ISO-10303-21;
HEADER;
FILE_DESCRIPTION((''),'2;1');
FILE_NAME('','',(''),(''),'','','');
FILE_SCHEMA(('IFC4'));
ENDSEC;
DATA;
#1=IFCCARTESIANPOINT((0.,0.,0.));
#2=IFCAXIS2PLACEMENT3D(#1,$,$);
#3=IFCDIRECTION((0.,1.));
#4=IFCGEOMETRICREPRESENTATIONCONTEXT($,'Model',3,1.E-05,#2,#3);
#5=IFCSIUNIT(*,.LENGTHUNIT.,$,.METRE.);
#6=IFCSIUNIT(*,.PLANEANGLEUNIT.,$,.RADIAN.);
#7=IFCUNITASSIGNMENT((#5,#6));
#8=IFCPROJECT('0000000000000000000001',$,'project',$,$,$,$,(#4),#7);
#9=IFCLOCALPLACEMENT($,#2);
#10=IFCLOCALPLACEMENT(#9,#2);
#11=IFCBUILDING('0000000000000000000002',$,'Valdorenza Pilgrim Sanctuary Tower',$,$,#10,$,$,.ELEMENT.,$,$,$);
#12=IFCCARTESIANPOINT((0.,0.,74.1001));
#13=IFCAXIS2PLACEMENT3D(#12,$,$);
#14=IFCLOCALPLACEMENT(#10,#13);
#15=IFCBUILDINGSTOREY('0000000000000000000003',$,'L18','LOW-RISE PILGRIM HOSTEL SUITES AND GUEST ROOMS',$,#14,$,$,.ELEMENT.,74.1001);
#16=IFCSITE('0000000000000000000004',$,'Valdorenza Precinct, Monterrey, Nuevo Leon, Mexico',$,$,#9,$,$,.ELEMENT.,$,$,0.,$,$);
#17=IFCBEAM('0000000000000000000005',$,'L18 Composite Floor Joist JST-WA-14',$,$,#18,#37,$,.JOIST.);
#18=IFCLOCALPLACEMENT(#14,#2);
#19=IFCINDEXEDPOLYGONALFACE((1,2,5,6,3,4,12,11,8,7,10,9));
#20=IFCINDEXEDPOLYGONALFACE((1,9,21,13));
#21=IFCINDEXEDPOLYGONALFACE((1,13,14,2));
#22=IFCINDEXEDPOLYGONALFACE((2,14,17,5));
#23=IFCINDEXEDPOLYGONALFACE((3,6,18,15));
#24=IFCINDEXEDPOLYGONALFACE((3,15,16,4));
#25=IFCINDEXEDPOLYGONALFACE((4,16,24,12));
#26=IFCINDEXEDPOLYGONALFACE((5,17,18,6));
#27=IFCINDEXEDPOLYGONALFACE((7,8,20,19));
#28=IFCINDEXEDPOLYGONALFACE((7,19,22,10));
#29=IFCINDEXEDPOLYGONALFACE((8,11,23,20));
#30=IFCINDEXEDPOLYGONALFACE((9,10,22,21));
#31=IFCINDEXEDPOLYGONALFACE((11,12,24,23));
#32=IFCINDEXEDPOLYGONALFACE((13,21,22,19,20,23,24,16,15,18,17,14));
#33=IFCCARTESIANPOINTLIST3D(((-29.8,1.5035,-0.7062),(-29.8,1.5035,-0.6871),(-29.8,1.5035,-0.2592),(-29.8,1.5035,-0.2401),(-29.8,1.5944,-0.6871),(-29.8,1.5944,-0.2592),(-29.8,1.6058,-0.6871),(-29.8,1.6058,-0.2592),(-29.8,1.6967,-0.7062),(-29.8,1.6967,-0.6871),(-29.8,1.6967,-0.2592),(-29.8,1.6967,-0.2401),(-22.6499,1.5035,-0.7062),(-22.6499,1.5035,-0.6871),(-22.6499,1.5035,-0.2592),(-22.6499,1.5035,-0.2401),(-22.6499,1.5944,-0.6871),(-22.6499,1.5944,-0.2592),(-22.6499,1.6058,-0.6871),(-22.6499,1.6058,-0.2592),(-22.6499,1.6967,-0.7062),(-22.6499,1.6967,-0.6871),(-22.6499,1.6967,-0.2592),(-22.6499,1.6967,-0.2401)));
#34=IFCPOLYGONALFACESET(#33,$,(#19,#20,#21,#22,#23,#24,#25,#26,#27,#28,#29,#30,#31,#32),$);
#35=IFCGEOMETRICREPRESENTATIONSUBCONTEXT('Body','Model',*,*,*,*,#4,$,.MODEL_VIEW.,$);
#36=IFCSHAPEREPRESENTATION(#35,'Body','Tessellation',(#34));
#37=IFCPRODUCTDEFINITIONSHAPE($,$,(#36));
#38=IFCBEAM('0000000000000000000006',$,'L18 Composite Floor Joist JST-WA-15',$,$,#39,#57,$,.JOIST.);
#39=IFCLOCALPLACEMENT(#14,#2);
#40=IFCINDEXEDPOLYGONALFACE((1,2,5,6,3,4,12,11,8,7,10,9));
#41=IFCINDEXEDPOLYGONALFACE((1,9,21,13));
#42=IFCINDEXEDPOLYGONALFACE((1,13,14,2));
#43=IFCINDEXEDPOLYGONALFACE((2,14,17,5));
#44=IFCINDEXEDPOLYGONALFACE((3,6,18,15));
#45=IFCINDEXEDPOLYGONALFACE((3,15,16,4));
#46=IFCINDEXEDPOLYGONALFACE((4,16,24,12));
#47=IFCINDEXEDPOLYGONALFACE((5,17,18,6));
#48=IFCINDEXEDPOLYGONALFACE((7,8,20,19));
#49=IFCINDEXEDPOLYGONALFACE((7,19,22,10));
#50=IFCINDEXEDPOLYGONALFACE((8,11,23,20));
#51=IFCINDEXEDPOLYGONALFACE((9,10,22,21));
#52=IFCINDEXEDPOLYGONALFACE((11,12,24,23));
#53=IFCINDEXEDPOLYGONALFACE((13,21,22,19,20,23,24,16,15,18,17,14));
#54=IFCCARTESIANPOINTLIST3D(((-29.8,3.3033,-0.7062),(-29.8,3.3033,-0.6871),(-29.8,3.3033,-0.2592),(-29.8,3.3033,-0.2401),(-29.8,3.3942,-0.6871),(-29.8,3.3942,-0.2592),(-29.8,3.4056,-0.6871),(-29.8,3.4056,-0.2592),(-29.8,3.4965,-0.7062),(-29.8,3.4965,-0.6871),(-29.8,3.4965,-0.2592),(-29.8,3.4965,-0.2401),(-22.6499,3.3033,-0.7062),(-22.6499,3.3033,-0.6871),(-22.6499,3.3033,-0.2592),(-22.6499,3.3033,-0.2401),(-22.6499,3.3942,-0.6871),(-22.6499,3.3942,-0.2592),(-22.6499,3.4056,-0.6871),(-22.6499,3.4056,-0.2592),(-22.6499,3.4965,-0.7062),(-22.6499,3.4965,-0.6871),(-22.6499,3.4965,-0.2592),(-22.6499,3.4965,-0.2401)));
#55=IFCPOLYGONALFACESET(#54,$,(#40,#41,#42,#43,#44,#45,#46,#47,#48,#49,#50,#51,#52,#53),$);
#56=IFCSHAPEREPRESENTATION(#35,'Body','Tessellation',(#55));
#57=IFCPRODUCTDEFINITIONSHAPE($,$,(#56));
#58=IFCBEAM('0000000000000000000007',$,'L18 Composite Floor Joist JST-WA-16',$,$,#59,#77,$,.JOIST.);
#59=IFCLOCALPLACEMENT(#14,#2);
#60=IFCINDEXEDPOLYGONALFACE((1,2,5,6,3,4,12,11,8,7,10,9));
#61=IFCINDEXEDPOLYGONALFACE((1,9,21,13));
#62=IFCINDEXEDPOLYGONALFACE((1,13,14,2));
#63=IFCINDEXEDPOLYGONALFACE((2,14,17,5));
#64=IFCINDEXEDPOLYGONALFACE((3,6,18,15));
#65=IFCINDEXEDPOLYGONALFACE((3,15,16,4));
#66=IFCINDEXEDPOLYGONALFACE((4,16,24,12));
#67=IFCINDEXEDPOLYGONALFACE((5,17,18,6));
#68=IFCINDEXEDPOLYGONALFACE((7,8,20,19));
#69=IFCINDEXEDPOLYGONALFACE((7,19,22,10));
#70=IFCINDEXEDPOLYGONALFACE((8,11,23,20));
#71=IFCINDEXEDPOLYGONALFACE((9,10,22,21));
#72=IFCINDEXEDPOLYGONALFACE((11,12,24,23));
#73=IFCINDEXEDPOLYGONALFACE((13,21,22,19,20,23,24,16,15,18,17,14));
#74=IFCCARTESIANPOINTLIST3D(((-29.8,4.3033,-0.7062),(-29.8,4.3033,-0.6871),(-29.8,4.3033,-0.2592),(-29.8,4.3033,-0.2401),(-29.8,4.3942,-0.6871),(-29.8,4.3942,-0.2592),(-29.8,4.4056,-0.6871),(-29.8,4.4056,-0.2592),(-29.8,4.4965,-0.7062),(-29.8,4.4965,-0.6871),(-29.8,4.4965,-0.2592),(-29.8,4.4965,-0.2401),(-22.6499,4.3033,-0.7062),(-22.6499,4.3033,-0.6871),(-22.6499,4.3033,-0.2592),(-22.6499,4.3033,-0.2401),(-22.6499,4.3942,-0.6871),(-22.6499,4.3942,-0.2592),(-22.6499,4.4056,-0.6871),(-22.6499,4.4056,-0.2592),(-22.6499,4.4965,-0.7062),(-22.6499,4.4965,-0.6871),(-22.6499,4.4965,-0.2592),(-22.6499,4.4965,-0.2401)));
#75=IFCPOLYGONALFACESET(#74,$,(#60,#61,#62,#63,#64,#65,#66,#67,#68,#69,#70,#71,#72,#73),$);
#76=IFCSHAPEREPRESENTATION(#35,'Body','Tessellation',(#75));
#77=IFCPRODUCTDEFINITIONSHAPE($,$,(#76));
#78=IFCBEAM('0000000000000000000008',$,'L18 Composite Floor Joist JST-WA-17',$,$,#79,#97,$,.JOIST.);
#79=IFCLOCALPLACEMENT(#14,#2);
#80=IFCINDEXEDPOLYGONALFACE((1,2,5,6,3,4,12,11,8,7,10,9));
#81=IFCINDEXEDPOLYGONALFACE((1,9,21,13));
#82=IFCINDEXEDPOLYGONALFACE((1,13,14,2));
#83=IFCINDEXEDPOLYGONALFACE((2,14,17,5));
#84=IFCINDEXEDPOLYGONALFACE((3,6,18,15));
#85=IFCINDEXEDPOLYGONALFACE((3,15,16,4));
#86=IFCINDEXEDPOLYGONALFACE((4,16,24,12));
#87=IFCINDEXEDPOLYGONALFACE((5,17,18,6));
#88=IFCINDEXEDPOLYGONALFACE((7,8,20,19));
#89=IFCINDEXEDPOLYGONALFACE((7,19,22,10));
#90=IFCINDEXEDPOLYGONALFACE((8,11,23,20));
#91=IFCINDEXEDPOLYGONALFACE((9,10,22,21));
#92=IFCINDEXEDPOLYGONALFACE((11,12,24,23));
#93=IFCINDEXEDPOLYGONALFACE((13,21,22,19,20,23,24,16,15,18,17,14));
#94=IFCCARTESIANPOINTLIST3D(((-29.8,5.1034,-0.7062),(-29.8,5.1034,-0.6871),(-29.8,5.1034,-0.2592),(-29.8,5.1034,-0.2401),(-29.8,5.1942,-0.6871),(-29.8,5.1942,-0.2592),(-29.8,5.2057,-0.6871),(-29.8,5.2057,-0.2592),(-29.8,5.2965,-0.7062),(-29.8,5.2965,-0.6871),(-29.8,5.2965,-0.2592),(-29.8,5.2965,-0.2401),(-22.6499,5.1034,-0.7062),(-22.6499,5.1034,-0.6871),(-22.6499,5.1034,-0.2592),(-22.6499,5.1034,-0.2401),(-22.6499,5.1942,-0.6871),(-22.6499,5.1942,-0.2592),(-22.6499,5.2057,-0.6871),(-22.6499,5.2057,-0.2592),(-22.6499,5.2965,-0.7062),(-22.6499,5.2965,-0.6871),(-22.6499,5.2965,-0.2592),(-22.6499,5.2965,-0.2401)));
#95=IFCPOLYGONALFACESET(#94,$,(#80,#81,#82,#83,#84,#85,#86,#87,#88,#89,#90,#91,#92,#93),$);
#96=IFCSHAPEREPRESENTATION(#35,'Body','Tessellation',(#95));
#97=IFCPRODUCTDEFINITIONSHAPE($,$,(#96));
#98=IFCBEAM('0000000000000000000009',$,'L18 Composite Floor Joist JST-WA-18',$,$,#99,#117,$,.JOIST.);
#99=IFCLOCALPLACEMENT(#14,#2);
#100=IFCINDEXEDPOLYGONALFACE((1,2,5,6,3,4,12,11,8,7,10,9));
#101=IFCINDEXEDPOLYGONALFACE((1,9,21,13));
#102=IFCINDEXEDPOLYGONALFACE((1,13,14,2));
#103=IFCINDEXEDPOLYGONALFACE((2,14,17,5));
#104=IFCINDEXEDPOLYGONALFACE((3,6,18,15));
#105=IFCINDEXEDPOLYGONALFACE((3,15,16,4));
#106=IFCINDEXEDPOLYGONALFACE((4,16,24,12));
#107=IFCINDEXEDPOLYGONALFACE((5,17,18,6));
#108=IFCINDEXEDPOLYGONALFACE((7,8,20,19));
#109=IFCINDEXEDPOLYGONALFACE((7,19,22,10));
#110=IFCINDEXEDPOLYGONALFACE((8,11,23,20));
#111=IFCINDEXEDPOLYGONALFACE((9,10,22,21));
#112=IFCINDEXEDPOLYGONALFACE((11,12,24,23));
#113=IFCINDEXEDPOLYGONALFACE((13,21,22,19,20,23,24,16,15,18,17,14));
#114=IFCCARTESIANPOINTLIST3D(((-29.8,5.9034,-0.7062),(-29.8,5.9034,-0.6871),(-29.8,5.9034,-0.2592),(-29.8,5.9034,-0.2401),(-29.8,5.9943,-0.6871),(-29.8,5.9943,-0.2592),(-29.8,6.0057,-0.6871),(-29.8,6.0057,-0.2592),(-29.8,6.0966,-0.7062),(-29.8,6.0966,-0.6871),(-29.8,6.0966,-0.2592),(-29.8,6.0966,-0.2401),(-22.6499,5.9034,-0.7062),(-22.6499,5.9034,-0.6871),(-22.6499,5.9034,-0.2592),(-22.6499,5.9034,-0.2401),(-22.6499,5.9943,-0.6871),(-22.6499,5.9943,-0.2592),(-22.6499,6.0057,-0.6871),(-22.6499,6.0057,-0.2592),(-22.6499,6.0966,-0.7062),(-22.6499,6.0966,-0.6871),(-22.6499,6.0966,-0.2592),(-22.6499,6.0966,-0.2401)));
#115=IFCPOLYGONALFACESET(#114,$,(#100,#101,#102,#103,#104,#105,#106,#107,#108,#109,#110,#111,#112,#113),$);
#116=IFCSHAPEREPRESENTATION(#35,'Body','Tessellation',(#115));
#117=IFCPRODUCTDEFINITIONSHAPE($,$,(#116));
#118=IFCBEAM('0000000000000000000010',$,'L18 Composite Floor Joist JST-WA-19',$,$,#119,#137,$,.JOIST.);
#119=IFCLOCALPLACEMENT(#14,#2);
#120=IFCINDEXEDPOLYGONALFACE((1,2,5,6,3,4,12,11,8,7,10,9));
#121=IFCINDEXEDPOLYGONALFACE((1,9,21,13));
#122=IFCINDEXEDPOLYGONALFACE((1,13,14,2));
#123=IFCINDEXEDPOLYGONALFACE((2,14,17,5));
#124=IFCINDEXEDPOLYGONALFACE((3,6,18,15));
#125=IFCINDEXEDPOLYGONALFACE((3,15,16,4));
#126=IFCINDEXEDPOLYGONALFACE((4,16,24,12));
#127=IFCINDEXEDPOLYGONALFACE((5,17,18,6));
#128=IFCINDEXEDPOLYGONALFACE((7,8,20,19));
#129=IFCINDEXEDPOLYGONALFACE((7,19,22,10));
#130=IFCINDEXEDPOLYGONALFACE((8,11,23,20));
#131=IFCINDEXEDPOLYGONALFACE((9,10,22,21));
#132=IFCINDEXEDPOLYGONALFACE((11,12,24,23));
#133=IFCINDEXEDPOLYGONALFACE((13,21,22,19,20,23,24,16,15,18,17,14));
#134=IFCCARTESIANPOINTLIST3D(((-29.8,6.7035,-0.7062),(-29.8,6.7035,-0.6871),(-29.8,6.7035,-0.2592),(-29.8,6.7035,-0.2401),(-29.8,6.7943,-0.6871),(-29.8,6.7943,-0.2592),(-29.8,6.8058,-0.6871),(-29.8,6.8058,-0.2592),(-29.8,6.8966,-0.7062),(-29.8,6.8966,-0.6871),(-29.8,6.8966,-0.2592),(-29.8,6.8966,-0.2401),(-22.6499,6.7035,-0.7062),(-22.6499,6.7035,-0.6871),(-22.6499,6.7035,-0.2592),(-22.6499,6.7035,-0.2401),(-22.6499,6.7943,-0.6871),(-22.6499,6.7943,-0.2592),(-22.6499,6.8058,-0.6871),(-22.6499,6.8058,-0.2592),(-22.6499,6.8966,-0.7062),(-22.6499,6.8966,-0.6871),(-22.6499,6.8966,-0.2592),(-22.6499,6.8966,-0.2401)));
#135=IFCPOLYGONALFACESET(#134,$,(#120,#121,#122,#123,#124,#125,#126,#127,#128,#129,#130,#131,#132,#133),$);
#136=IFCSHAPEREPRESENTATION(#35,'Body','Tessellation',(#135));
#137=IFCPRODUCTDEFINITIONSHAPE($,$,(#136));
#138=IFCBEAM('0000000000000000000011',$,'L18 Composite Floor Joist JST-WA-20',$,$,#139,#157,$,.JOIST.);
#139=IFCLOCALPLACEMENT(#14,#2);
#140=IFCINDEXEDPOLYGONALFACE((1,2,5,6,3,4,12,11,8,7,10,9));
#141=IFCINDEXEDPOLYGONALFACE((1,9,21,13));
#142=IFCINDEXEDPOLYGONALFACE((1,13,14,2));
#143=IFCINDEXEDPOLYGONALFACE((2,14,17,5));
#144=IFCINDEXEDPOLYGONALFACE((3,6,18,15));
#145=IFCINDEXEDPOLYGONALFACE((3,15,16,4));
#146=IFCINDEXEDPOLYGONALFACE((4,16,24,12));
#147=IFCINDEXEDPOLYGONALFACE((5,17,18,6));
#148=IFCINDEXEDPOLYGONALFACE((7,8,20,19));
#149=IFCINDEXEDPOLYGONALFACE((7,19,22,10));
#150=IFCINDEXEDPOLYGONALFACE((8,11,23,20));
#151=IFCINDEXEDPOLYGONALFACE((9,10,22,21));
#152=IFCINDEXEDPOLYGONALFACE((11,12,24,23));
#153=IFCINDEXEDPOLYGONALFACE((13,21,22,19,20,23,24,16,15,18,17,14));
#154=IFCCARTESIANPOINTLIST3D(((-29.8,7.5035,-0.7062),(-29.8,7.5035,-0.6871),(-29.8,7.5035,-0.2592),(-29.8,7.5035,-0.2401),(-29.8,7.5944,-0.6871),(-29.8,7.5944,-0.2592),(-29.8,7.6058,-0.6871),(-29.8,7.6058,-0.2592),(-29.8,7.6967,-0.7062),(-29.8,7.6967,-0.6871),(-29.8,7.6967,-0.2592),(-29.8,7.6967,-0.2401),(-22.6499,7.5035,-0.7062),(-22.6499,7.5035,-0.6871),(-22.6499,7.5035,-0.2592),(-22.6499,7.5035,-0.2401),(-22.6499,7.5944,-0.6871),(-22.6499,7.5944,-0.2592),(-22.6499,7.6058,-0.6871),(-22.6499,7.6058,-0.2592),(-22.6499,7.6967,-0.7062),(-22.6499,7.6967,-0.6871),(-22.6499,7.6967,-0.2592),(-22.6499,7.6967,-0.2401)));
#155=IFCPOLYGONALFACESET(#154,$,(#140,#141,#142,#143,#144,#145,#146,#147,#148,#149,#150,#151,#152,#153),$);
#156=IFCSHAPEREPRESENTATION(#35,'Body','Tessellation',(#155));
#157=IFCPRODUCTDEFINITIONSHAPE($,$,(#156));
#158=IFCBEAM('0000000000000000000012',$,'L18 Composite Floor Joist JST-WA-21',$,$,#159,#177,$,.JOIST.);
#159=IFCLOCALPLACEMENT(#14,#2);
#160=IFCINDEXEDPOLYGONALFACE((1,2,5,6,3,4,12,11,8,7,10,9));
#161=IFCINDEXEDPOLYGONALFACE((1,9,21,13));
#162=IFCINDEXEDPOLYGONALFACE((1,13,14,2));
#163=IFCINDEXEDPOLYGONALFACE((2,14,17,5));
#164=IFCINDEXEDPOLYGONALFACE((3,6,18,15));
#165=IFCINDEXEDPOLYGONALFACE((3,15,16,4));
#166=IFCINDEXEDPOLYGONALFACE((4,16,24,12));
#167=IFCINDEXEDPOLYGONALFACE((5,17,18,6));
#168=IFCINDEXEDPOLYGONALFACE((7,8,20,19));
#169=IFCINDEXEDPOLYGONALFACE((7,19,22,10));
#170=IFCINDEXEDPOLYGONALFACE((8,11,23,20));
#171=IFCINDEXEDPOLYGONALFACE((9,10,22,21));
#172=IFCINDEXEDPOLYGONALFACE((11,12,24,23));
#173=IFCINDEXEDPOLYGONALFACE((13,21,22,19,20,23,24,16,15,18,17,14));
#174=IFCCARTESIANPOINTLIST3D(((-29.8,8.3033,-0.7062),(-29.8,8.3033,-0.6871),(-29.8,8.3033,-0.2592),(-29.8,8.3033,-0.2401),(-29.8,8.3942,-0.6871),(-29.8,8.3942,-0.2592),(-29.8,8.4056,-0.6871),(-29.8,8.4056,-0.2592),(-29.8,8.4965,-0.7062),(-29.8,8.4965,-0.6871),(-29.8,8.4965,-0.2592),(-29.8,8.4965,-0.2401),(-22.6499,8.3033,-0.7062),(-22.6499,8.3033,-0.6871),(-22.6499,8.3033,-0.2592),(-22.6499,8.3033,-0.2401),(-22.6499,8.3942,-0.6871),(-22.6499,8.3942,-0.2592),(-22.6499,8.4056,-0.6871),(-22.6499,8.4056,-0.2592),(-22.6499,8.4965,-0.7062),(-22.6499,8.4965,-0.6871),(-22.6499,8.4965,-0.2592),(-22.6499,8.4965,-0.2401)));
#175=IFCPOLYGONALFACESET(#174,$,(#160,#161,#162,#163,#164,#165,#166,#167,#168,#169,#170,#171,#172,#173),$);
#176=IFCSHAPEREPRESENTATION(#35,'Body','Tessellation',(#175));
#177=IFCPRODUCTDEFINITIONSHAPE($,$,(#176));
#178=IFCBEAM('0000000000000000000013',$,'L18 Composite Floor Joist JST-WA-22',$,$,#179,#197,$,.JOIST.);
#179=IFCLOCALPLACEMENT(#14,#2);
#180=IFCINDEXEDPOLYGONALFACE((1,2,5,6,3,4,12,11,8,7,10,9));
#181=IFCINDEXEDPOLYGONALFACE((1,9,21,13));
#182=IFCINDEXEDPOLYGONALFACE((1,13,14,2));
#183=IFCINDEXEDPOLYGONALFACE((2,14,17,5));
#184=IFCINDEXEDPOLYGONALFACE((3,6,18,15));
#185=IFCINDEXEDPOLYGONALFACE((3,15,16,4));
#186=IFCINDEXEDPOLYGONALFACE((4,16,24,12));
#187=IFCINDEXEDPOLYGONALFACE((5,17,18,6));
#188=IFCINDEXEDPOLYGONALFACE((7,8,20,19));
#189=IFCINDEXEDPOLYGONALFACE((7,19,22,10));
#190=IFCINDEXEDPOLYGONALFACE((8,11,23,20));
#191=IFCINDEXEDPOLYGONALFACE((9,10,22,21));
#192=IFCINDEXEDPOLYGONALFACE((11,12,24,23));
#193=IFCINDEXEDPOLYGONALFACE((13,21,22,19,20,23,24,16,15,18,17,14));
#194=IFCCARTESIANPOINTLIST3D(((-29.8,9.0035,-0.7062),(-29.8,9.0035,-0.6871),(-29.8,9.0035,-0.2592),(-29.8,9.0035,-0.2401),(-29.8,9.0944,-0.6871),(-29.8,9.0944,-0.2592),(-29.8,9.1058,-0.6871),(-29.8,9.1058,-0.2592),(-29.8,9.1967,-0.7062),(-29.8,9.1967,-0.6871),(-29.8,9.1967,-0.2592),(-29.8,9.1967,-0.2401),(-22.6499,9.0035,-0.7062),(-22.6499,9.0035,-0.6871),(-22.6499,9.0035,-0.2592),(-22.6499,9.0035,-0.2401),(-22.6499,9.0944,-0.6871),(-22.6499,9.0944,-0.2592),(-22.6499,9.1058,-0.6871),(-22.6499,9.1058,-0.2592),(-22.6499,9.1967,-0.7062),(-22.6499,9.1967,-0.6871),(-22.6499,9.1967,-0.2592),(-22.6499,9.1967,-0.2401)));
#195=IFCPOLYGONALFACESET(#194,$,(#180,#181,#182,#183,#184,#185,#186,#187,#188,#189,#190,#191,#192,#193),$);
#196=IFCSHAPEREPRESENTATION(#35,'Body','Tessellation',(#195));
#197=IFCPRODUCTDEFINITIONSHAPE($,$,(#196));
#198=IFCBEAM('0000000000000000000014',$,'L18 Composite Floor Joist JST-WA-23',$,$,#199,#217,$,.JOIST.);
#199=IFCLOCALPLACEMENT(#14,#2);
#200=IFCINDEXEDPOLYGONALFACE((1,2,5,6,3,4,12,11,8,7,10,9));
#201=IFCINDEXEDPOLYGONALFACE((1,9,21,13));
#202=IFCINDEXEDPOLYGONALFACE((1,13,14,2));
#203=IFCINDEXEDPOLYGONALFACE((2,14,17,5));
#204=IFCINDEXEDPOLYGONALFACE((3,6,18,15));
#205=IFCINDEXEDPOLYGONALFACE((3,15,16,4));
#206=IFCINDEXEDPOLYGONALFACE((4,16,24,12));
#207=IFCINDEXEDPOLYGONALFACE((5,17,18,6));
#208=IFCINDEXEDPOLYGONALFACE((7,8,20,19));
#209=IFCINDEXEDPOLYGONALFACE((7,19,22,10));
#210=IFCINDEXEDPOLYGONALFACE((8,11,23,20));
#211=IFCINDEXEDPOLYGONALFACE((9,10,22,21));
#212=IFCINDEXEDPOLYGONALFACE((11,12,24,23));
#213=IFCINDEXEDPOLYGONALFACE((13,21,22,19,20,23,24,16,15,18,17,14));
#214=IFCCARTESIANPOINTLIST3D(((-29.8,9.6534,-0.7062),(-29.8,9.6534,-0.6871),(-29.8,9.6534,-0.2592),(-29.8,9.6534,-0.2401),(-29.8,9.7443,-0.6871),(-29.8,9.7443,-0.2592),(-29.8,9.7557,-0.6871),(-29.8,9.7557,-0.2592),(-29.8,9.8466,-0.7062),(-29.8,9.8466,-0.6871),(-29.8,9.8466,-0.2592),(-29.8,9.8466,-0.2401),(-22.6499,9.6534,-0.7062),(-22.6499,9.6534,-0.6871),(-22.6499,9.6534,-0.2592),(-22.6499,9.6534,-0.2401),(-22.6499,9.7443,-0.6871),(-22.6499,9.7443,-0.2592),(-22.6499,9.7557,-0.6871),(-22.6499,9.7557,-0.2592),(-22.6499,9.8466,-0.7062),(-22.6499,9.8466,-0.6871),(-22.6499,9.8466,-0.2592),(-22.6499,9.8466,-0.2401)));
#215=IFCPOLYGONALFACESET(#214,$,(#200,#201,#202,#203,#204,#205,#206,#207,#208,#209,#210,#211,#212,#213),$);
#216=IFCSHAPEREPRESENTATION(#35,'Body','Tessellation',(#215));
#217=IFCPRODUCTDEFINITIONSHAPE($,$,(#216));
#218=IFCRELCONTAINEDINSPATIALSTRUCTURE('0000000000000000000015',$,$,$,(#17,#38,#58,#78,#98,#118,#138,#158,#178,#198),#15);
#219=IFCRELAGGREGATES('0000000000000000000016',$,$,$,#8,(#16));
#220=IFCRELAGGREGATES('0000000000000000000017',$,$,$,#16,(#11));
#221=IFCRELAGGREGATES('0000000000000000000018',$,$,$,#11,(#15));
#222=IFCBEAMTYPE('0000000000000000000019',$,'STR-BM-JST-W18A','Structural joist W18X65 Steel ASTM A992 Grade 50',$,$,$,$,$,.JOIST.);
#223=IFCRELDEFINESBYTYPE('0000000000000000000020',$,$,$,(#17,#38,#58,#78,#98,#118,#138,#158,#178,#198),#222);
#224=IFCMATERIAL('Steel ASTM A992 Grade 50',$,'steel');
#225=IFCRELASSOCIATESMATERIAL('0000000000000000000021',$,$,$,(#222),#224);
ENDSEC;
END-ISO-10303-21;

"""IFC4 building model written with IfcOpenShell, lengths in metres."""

from ifc_helpers import new_model, si_unit, direction, frame, origin, origin_2d, place, context, subcontext, project, spatial, i_section, extrude, source, transform, mapped, material, material_profile, profile_set, type_object, element, save


model = new_model("IFC4")

# Units and contexts
model_context = context("Model", 3, precision=1e-05, world=origin(), true_north=direction((0.0, 1.0)))
body_context = subcontext(model_context, "Body", "Model", "MODEL_VIEW")
ifc_project = project(units=[si_unit("LENGTHUNIT", "METRE"), si_unit("PLANEANGLEUNIT", "RADIAN")], contexts=[model_context])

# Site, building, storey
site_placement = place(None, origin())
site = spatial("IfcSite", under=ifc_project, at=site_placement, Name="Valdorenza Precinct, Monterrey, Nuevo Leon, Mexico", CompositionType="ELEMENT", RefElevation=0.0)
building_placement = place(site_placement, origin())
building = spatial("IfcBuilding", under=site, at=building_placement, Name="Valdorenza Pilgrim Sanctuary Tower", CompositionType="ELEMENT")
storey_placement = place(building_placement, frame((0.0, 0.0, 74.1001)))
storey = spatial("IfcBuildingStorey", under=building, at=storey_placement, Name="L18", Description="LOW-RISE PILGRIM HOSTEL SUITES AND GUEST ROOMS", CompositionType="ELEMENT", Elevation=74.1001)

# Beams
ifc_material_1 = material(Name="Steel ASTM A992 Grade 50", Category="steel")
ifc_material_profile_1 = material_profile(ifc_material_1, i_section(OverallWidth=0.1931, OverallDepth=0.4661, WebThickness=0.0115, FlangeThickness=0.019, at=origin_2d()), Name="W18X65")
ifc_profile_set_1 = profile_set([ifc_material_profile_1], Name="Steel ASTM A992 Grade 50")
beam_type = type_object("IfcBeamType", Name="STR-BM-JST-W18A", Description="Structural joist W18X65 Steel ASTM A992 Grade 50", PredefinedType="JOIST", material=ifc_profile_set_1)
shared_shape_1 = source(origin(), body_context, "Body", "SweptSolid", [
    extrude(i_section(OverallWidth=0.1931, OverallDepth=0.4661, WebThickness=0.0115, FlangeThickness=0.019, at=origin_2d()), origin(), (0.0, 0.0, 1.0), 7.1501),
])
for number, where, z_axis, x_axis, name in (
    (1, (-29.8, 1.6001, -0.4731), (1.0, 0.0, 0.0), (0.0, 1.0, 0.0), "L18 Composite Floor Joist JST-WA-14"),
    (2, (-29.8, 3.3999, -0.4731), (1.0, 0.0, 0.0), (0.0, 1.0, 0.0), "L18 Composite Floor Joist JST-WA-15"),
    (3, (-29.8, 4.3999, -0.4731), (1.0, 0.0, 0.0), (0.0, 1.0, 0.0), "L18 Composite Floor Joist JST-WA-16"),
    (4, (-29.8, 5.2, -0.4731), (1.0, 0.0, 0.0), (0.0, 1.0, 0.0), "L18 Composite Floor Joist JST-WA-17"),
    (5, (-29.8, 6.0, -0.4731), (1.0, 0.0, 0.0), (0.0, 1.0, 0.0), "L18 Composite Floor Joist JST-WA-18"),
    (6, (-29.8, 6.8, -0.4731), (1.0, 0.0, 0.0), (0.0, 1.0, 0.0), "L18 Composite Floor Joist JST-WA-19"),
    (7, (-29.8, 7.6001, -0.4731), (1.0, 0.0, 0.0), (0.0, 1.0, 0.0), "L18 Composite Floor Joist JST-WA-20"),
    (8, (-29.8, 8.3999, -0.4731), (1.0, 0.0, 0.0), (0.0, 1.0, 0.0), "L18 Composite Floor Joist JST-WA-21"),
    (9, (-29.8, 9.1001, -0.4731), (1.0, 0.0, 0.0), (0.0, 1.0, 0.0), "L18 Composite Floor Joist JST-WA-22"),
    (10, (-29.8, 9.75, -0.4731), (1.0, 0.0, 0.0), (0.0, 1.0, 0.0), "L18 Composite Floor Joist JST-WA-23"),
):
    element("IfcBeam", number, at=place(storey_placement, frame(where, z_axis=z_axis, x_axis=x_axis)), inside=storey, type_object=beam_type, Name=name, PredefinedType="JOIST", context=body_context, shape_type="MappedRepresentation", body=[
        mapped(shared_shape_1, transform((0.0, 0.0, 0.0), x_axis=(1.0, 0.0, 0.0), y_axis=(0.0, 1.0, 0.0), z_axis=(0.0, 0.0, 1.0), scale=1.0)),
    ])

save(model, "model.ifc")
